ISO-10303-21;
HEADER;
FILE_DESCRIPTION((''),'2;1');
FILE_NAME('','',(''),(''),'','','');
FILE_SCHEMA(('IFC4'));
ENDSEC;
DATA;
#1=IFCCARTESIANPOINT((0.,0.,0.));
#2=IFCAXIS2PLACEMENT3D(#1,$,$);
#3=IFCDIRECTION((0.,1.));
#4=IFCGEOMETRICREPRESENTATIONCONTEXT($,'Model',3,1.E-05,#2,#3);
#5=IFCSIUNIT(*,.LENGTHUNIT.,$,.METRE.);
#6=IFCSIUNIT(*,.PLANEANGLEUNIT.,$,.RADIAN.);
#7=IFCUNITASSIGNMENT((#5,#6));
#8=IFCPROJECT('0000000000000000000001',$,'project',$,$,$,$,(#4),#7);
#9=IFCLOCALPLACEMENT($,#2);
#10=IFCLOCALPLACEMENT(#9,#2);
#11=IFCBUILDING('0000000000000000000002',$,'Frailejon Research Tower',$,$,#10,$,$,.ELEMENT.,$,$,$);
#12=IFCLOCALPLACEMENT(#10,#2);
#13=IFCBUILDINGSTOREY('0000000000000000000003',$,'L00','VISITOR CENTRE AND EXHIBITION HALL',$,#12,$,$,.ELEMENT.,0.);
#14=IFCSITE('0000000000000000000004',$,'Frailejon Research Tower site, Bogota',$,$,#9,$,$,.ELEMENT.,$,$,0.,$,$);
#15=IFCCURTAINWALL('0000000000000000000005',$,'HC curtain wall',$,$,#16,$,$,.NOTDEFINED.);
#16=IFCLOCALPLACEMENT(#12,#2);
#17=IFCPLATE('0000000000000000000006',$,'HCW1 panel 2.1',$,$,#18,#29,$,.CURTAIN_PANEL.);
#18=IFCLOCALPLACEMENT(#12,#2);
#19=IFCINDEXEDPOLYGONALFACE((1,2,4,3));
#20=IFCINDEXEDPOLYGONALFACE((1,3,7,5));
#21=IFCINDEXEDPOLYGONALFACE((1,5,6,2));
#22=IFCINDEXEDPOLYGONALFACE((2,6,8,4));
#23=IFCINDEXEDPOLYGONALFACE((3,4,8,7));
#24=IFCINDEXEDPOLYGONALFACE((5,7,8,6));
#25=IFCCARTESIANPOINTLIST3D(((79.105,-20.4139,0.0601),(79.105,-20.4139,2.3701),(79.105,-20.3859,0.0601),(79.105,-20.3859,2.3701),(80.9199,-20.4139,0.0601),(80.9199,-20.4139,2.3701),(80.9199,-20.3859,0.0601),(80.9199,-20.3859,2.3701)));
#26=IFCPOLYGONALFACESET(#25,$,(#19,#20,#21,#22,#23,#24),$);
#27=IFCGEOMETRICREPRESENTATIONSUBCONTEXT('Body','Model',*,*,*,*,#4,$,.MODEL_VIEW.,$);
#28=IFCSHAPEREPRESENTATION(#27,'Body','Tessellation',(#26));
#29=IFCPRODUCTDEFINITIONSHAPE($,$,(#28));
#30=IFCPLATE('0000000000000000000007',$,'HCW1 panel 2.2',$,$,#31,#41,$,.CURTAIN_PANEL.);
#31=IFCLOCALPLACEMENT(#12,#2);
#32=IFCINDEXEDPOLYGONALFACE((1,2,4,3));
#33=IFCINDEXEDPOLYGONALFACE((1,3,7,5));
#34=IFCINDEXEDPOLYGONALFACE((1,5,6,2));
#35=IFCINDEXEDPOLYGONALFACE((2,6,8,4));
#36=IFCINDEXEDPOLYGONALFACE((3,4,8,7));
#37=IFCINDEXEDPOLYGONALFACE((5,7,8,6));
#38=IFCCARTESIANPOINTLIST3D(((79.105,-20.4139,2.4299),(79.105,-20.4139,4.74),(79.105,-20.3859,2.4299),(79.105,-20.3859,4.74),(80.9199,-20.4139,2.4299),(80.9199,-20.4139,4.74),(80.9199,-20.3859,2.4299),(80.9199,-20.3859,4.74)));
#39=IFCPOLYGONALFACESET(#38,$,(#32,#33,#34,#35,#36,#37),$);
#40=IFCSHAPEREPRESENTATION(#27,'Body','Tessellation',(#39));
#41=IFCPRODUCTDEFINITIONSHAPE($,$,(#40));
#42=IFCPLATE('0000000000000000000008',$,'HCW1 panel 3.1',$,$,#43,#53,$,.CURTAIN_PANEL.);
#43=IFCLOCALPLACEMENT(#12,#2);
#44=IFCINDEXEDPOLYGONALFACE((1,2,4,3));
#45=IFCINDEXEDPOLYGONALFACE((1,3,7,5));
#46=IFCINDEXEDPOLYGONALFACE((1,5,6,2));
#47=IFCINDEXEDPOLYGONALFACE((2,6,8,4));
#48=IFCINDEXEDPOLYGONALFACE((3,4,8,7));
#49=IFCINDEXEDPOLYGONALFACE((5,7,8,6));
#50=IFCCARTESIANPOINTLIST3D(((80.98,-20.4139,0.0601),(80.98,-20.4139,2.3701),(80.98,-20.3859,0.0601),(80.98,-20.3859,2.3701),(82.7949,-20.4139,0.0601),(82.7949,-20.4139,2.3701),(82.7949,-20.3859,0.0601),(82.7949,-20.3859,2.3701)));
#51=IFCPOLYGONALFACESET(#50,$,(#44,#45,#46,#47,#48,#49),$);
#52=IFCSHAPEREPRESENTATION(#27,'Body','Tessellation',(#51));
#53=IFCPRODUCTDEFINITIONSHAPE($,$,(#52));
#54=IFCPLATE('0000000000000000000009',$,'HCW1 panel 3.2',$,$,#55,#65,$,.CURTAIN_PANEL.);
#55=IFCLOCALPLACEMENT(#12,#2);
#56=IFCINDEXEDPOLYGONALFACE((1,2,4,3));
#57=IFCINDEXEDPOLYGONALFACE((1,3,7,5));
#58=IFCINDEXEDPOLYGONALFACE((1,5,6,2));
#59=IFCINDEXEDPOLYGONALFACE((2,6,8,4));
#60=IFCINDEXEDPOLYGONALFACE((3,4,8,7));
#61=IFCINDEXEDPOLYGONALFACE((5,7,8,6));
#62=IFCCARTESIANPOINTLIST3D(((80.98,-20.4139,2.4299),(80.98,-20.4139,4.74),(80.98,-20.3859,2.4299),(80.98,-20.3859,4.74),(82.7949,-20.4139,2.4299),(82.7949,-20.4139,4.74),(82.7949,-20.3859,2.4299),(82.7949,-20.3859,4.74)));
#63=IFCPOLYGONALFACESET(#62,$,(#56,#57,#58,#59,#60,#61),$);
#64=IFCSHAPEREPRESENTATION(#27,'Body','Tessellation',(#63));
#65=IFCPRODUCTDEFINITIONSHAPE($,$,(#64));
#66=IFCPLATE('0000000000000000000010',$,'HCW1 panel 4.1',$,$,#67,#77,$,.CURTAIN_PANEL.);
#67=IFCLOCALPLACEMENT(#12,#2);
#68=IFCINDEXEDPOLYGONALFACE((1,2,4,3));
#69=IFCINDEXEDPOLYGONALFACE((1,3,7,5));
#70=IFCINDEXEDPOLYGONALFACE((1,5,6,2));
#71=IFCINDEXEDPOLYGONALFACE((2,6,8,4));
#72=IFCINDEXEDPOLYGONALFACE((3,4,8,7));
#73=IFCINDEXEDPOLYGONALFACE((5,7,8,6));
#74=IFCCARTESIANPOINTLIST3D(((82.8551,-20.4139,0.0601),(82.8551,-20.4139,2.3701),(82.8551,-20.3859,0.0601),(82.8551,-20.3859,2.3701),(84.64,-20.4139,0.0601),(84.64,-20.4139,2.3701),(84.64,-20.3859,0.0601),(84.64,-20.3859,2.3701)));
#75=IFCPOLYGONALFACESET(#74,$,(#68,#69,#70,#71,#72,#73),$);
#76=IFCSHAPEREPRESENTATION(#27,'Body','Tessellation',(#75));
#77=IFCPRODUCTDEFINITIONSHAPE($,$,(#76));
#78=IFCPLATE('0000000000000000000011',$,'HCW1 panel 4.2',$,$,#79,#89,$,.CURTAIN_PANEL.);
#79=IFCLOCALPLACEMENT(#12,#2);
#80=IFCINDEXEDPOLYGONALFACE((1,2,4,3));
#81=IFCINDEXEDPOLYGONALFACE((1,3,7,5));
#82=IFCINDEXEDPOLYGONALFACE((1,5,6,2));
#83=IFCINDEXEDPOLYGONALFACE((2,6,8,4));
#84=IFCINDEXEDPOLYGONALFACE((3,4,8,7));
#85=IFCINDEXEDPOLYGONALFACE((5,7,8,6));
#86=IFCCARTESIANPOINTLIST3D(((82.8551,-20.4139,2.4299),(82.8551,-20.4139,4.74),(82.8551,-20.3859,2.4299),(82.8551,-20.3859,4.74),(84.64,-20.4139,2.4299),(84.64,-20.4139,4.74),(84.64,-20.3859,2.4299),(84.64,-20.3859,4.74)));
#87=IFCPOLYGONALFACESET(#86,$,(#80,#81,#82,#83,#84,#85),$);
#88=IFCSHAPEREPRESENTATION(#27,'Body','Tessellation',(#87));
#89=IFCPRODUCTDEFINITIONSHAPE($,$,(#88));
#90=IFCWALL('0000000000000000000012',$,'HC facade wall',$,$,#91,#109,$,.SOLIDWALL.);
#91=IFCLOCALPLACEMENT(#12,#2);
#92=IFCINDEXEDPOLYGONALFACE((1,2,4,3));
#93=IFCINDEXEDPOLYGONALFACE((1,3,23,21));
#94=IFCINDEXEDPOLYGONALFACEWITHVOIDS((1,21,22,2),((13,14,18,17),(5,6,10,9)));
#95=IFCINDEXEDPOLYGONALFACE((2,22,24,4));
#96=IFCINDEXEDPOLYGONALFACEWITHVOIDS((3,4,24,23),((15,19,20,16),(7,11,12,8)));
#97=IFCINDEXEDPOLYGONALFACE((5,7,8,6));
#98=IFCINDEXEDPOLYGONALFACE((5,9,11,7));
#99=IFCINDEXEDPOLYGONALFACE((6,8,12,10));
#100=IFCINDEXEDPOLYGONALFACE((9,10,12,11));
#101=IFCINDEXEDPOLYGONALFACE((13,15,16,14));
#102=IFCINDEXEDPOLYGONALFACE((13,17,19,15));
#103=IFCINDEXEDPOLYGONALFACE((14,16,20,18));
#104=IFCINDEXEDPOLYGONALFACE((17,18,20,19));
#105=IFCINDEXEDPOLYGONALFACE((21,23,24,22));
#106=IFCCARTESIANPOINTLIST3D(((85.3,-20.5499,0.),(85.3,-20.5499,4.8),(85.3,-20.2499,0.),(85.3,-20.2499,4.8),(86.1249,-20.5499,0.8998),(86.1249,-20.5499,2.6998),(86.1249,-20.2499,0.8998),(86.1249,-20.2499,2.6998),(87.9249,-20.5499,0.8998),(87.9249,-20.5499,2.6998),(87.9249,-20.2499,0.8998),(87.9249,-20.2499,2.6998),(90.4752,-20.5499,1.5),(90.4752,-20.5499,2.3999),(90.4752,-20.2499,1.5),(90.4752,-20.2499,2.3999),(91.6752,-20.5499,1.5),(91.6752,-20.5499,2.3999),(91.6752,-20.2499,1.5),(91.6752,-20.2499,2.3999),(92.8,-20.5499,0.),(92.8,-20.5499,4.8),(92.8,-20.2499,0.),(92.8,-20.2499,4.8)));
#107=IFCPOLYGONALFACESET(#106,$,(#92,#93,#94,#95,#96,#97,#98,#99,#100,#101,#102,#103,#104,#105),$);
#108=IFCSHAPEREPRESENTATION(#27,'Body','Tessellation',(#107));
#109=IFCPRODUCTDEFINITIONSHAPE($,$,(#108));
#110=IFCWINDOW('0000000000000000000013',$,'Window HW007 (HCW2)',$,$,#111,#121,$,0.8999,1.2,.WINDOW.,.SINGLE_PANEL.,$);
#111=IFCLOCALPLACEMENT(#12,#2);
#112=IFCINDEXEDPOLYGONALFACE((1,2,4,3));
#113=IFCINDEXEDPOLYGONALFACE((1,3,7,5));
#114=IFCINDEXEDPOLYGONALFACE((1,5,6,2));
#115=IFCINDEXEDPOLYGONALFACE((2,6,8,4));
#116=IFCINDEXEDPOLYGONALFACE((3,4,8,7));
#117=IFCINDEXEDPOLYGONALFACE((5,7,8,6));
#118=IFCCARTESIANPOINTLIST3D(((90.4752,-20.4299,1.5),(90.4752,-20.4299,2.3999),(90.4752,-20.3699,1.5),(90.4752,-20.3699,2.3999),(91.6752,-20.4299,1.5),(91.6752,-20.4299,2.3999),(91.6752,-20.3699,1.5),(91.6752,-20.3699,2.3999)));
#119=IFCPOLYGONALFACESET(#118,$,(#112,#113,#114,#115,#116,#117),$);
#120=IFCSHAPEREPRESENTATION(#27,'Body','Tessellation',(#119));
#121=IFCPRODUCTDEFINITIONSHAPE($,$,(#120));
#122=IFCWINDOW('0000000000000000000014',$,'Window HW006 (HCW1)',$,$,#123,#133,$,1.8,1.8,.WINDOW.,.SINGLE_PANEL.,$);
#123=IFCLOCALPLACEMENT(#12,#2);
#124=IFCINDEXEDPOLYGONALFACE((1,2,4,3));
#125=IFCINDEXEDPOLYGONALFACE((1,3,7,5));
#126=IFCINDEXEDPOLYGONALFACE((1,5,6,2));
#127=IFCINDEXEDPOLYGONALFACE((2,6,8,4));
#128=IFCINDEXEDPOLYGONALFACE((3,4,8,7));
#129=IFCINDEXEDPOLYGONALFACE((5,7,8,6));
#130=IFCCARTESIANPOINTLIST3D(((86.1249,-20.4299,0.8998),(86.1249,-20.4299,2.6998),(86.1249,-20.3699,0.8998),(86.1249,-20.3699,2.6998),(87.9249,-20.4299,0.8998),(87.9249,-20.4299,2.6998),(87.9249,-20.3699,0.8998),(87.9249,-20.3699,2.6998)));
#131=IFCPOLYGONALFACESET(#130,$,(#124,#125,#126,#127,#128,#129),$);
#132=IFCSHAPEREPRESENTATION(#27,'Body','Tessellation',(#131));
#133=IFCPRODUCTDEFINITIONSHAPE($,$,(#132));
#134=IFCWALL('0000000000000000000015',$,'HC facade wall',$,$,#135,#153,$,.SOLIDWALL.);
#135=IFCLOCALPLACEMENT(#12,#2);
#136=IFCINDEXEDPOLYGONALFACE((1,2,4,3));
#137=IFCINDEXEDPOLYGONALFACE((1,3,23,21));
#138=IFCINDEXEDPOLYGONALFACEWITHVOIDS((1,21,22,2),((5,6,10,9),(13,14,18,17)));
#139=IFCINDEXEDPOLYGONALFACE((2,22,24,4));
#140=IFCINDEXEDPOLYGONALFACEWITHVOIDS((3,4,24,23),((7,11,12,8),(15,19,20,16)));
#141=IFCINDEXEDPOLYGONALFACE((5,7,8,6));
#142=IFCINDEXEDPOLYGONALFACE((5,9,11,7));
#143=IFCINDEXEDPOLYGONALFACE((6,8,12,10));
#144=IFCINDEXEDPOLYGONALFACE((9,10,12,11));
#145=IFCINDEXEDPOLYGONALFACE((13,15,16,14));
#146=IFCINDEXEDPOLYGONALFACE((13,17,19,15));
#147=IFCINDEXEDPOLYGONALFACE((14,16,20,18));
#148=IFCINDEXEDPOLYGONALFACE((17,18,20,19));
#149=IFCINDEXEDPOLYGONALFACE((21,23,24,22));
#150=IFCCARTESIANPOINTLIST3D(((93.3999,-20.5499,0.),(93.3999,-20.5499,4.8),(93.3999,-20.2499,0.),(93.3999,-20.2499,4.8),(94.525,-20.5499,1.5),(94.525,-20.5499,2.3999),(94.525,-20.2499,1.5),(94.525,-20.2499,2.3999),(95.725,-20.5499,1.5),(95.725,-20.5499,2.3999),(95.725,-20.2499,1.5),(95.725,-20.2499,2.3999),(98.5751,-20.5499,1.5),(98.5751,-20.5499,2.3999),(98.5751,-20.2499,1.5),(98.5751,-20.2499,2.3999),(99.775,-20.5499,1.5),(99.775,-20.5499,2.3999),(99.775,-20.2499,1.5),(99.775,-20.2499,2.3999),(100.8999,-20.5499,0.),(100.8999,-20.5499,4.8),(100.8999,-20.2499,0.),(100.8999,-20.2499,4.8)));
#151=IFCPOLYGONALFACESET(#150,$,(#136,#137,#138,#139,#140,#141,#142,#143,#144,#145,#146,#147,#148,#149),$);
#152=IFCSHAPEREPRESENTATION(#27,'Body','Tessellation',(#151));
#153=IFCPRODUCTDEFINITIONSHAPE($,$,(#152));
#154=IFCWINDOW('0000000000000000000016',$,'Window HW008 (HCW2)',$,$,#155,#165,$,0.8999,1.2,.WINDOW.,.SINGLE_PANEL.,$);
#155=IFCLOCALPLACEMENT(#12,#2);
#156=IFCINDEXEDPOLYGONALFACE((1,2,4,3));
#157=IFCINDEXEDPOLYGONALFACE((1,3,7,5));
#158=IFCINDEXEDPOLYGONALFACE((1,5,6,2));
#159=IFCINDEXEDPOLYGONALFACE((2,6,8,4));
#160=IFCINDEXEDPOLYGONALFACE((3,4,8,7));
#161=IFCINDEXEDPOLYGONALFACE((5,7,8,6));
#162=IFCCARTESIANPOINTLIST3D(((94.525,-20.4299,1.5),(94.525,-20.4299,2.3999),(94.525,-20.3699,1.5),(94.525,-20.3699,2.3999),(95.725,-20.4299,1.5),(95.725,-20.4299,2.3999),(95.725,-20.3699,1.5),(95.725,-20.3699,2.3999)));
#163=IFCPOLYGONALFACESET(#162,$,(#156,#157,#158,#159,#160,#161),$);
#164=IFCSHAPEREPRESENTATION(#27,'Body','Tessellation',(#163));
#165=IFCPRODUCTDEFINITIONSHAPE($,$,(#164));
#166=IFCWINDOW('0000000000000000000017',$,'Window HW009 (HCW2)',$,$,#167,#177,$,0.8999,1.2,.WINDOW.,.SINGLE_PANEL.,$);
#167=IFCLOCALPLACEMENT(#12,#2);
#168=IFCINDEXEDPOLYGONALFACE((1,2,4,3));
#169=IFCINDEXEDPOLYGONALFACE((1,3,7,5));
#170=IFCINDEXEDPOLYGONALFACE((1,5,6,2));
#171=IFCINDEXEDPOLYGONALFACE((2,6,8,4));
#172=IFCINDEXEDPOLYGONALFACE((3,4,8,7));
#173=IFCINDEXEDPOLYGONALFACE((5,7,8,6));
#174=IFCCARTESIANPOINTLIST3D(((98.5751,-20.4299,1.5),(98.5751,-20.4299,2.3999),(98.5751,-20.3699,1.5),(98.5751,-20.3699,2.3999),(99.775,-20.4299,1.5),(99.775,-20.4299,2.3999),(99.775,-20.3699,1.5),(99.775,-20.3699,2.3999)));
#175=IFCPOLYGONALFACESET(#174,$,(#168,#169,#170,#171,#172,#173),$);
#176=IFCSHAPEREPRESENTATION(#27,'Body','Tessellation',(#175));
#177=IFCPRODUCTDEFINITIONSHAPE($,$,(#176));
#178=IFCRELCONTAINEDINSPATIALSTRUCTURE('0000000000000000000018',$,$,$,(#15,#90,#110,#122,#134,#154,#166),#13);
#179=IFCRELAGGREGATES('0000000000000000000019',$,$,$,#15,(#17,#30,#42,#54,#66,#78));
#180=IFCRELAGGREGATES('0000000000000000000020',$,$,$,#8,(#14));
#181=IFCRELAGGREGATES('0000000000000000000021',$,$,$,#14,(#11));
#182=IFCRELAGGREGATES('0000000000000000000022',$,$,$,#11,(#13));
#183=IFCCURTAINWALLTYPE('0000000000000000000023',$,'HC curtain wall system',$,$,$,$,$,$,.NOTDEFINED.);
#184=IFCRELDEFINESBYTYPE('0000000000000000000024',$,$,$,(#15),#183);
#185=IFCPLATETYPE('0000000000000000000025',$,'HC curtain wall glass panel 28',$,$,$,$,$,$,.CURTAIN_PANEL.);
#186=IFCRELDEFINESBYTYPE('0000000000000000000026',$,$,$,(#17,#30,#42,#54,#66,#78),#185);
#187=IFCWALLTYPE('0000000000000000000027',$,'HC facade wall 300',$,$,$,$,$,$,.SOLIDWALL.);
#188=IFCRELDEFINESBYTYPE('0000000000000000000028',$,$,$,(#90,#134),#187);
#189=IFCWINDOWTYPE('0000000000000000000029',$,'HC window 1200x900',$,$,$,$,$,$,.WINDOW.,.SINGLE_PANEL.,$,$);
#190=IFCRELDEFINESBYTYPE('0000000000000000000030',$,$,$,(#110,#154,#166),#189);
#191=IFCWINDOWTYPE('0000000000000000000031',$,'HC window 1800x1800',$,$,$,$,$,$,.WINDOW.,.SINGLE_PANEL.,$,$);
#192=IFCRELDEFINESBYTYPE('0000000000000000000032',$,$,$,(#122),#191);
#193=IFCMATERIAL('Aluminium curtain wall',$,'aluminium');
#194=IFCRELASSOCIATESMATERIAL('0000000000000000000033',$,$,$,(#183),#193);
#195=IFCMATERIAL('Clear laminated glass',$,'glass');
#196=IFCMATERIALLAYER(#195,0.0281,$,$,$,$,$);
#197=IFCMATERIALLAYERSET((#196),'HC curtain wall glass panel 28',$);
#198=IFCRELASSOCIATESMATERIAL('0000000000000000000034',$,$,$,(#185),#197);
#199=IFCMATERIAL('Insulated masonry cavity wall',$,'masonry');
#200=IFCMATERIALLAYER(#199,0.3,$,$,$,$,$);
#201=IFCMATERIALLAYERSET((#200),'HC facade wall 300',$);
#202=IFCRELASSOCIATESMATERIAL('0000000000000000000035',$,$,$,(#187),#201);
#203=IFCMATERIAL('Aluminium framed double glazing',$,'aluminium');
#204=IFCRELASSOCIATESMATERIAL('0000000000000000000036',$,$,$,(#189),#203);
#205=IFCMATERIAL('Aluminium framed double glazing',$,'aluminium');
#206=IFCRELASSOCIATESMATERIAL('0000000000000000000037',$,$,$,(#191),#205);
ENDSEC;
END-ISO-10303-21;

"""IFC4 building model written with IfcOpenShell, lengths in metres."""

from ifc_helpers import new_model, si_unit, direction, frame, frame_2d, origin, origin_2d, place, context, subcontext, project, spatial, rectangle, extrude, material, layer, layer_set, type_object, element, fill, aggregate, save


model = new_model("IFC4")

# Units and contexts
model_context = context("Model", 3, precision=1e-05, world=origin(), true_north=direction((0.0, 1.0)))
body_context = subcontext(model_context, "Body", "Model", "MODEL_VIEW")
ifc_project = project(units=[si_unit("LENGTHUNIT", "METRE"), si_unit("PLANEANGLEUNIT", "RADIAN")], contexts=[model_context])

# Site, building, storey
site_placement = place(None, origin())
site = spatial("IfcSite", under=ifc_project, at=site_placement, Name="Frailejon Research Tower site, Bogota", CompositionType="ELEMENT", RefElevation=0.0)
building_placement = place(site_placement, origin())
building = spatial("IfcBuilding", under=site, at=building_placement, Name="Frailejon Research Tower", CompositionType="ELEMENT")
storey_placement = place(building_placement, origin())
storey = spatial("IfcBuildingStorey", under=building, at=storey_placement, Name="L00", Description="VISITOR CENTRE AND EXHIBITION HALL", CompositionType="ELEMENT", Elevation=0.0)

# Curtain wall, plates
ifc_material_1 = material(Name="Aluminium curtain wall", Category="aluminium")
curtain_wall_type = type_object("IfcCurtainWallType", Name="HC curtain wall system", PredefinedType="NOTDEFINED", material=ifc_material_1)
curtain_wall_placement = place(storey_placement, origin())
curtain_wall = element("IfcCurtainWall", 1, at=curtain_wall_placement, inside=storey, type_object=curtain_wall_type, Name="HC curtain wall", PredefinedType="NOTDEFINED")
ifc_material_2 = material(Name="Clear laminated glass", Category="glass")
ifc_layer_1 = layer(ifc_material_2, 0.0281)
ifc_layer_set_1 = layer_set([ifc_layer_1], Name="HC curtain wall glass panel 28")
plate_type = type_object("IfcPlateType", Name="HC curtain wall glass panel 28", PredefinedType="CURTAIN_PANEL", material=ifc_layer_set_1)
plate_1_placement = place(storey_placement, frame((80.0125, -20.3999, 0.0601), z_axis=(0.0, 0.0, 1.0), x_axis=(1.0, 0.0, 0.0)))
plate_1 = element("IfcPlate", 2, at=plate_1_placement, type_object=plate_type, Name="HCW1 panel 2.1", PredefinedType="CURTAIN_PANEL", context=body_context, shape_type="SweptSolid", body=[
    extrude(rectangle(XDim=1.8149, YDim=0.0281, at=origin_2d()), origin(), (0.0, 0.0, 1.0), 2.3101),
])
plate_2_placement = place(storey_placement, frame((80.0125, -20.3999, 2.4299), z_axis=(0.0, 0.0, 1.0), x_axis=(1.0, 0.0, 0.0)))
plate_2 = element("IfcPlate", 3, at=plate_2_placement, type_object=plate_type, Name="HCW1 panel 2.2", PredefinedType="CURTAIN_PANEL", context=body_context, shape_type="SweptSolid", body=[
    extrude(rectangle(XDim=1.8149, YDim=0.0281, at=origin_2d()), origin(), (0.0, 0.0, 1.0), 2.3101),
])
plate_3_placement = place(storey_placement, frame((81.8875, -20.3999, 0.0601), z_axis=(0.0, 0.0, 1.0), x_axis=(1.0, 0.0, 0.0)))
plate_3 = element("IfcPlate", 4, at=plate_3_placement, type_object=plate_type, Name="HCW1 panel 3.1", PredefinedType="CURTAIN_PANEL", context=body_context, shape_type="SweptSolid", body=[
    extrude(rectangle(XDim=1.8149, YDim=0.0281, at=origin_2d()), origin(), (0.0, 0.0, 1.0), 2.3101),
])
plate_4_placement = place(storey_placement, frame((81.8875, -20.3999, 2.4299), z_axis=(0.0, 0.0, 1.0), x_axis=(1.0, 0.0, 0.0)))
plate_4 = element("IfcPlate", 5, at=plate_4_placement, type_object=plate_type, Name="HCW1 panel 3.2", PredefinedType="CURTAIN_PANEL", context=body_context, shape_type="SweptSolid", body=[
    extrude(rectangle(XDim=1.8149, YDim=0.0281, at=origin_2d()), origin(), (0.0, 0.0, 1.0), 2.3101),
])
plate_5_placement = place(storey_placement, frame((83.7476, -20.3999, 0.0601), z_axis=(0.0, 0.0, 1.0), x_axis=(1.0, 0.0, 0.0)))
plate_5 = element("IfcPlate", 6, at=plate_5_placement, type_object=plate_type, Name="HCW1 panel 4.1", PredefinedType="CURTAIN_PANEL", context=body_context, shape_type="SweptSolid", body=[
    extrude(rectangle(XDim=1.7849, YDim=0.0281, at=origin_2d()), origin(), (0.0, 0.0, 1.0), 2.3101),
])
plate_6_placement = place(storey_placement, frame((83.7476, -20.3999, 2.4299), z_axis=(0.0, 0.0, 1.0), x_axis=(1.0, 0.0, 0.0)))
plate_6 = element("IfcPlate", 7, at=plate_6_placement, type_object=plate_type, Name="HCW1 panel 4.2", PredefinedType="CURTAIN_PANEL", context=body_context, shape_type="SweptSolid", body=[
    extrude(rectangle(XDim=1.7849, YDim=0.0281, at=origin_2d()), origin(), (0.0, 0.0, 1.0), 2.3101),
])
aggregate(curtain_wall, [plate_1, plate_2, plate_3, plate_4, plate_5, plate_6])

# Walls, openings, windows
ifc_material_3 = material(Name="Insulated masonry cavity wall", Category="masonry")
ifc_layer_2 = layer(ifc_material_3, 0.3)
ifc_layer_set_2 = layer_set([ifc_layer_2], Name="HC facade wall 300")
wall_type = type_object("IfcWallType", Name="HC facade wall 300", PredefinedType="SOLIDWALL", material=ifc_layer_set_2)
wall_1_placement = place(storey_placement, frame((85.3, -20.3999, 0.0), z_axis=(0.0, 0.0, 1.0), x_axis=(1.0, 0.0, 0.0)))
wall_1 = element("IfcWall", 8, at=wall_1_placement, inside=storey, type_object=wall_type, Name="HC facade wall", PredefinedType="SOLIDWALL", context=body_context, shape_type="SweptSolid", body=[
    extrude(rectangle(XDim=7.5, YDim=0.3, at=frame_2d((3.75, 0.0))), origin(), (0.0, 0.0, 1.0), 4.8),
])
opening_1_placement = place(wall_1_placement, frame((0.825, 0.0, 0.8999)))
opening_1 = element("IfcOpeningElement", 9, at=opening_1_placement, cuts=wall_1, PredefinedType="OPENING", context=body_context, shape_type="SweptSolid", body=[
    extrude(rectangle(XDim=1.8, YDim=1.8, at=frame_2d((0.8999, 0.8999))), frame((0.0, 0.1599, 0.0), z_axis=(0.0, -1.0, 0.0), x_axis=(1.0, 0.0, 0.0)), (0.0, 0.0, 1.0), 0.3201),
])
opening_2_placement = place(wall_1_placement, frame((5.175, 0.0, 1.5)))
opening_2 = element("IfcOpeningElement", 10, at=opening_2_placement, cuts=wall_1, PredefinedType="OPENING", context=body_context, shape_type="SweptSolid", body=[
    extrude(rectangle(XDim=1.2, YDim=0.8999, at=frame_2d((0.6001, 0.45))), frame((0.0, 0.1599, 0.0), z_axis=(0.0, -1.0, 0.0), x_axis=(1.0, 0.0, 0.0)), (0.0, 0.0, 1.0), 0.3201),
])
ifc_material_4 = material(Name="Aluminium framed double glazing", Category="aluminium")
window_type_1 = type_object("IfcWindowType", Name="HC window 1200x900", PartitioningType="SINGLE_PANEL", PredefinedType="WINDOW", material=ifc_material_4)
window_1_placement = place(opening_2_placement, origin())
window_1 = element("IfcWindow", 11, at=window_1_placement, inside=storey, type_object=window_type_1, Name="Window HW007 (HCW2)", OverallHeight=0.8999, OverallWidth=1.2, PartitioningType="SINGLE_PANEL", PredefinedType="WINDOW", context=body_context, shape_type="SweptSolid", body=[
    extrude(rectangle(XDim=1.2, YDim=0.8999, at=frame_2d((0.6001, 0.45))), frame((0.0, 0.03, 0.0), z_axis=(0.0, -1.0, 0.0), x_axis=(1.0, 0.0, 0.0)), (0.0, 0.0, 1.0), 0.0601),
])
fill(opening_2, window_1)
ifc_material_5 = material(Name="Aluminium framed double glazing", Category="aluminium")
window_type_2 = type_object("IfcWindowType", Name="HC window 1800x1800", PartitioningType="SINGLE_PANEL", PredefinedType="WINDOW", material=ifc_material_5)
window_2_placement = place(opening_1_placement, origin())
window_2 = element("IfcWindow", 12, at=window_2_placement, inside=storey, type_object=window_type_2, Name="Window HW006 (HCW1)", OverallHeight=1.8, OverallWidth=1.8, PartitioningType="SINGLE_PANEL", PredefinedType="WINDOW", context=body_context, shape_type="SweptSolid", body=[
    extrude(rectangle(XDim=1.8, YDim=1.8, at=frame_2d((0.8999, 0.8999))), frame((0.0, 0.03, 0.0), z_axis=(0.0, -1.0, 0.0), x_axis=(1.0, 0.0, 0.0)), (0.0, 0.0, 1.0), 0.0601),
])
fill(opening_1, window_2)
wall_2_placement = place(storey_placement, frame((93.3999, -20.3999, 0.0), z_axis=(0.0, 0.0, 1.0), x_axis=(1.0, 0.0, 0.0)))
wall_2 = element("IfcWall", 13, at=wall_2_placement, inside=storey, type_object=wall_type, Name="HC facade wall", PredefinedType="SOLIDWALL", context=body_context, shape_type="SweptSolid", body=[
    extrude(rectangle(XDim=7.5, YDim=0.3, at=frame_2d((3.75, 0.0))), origin(), (0.0, 0.0, 1.0), 4.8),
])
opening_3_placement = place(wall_2_placement, frame((1.125, 0.0, 1.5)))
opening_3 = element("IfcOpeningElement", 14, at=opening_3_placement, cuts=wall_2, PredefinedType="OPENING", context=body_context, shape_type="SweptSolid", body=[
    extrude(rectangle(XDim=1.2, YDim=0.8999, at=frame_2d((0.6001, 0.45))), frame((0.0, 0.1599, 0.0), z_axis=(0.0, -1.0, 0.0), x_axis=(1.0, 0.0, 0.0)), (0.0, 0.0, 1.0), 0.3201),
])
opening_4_placement = place(wall_2_placement, frame((5.175, 0.0, 1.5)))
opening_4 = element("IfcOpeningElement", 15, at=opening_4_placement, cuts=wall_2, PredefinedType="OPENING", context=body_context, shape_type="SweptSolid", body=[
    extrude(rectangle(XDim=1.2, YDim=0.8999, at=frame_2d((0.6001, 0.45))), frame((0.0, 0.1599, 0.0), z_axis=(0.0, -1.0, 0.0), x_axis=(1.0, 0.0, 0.0)), (0.0, 0.0, 1.0), 0.3201),
])
window_3_placement = place(opening_3_placement, origin())
window_3 = element("IfcWindow", 16, at=window_3_placement, inside=storey, type_object=window_type_1, Name="Window HW008 (HCW2)", OverallHeight=0.8999, OverallWidth=1.2, PartitioningType="SINGLE_PANEL", PredefinedType="WINDOW", context=body_context, shape_type="SweptSolid", body=[
    extrude(rectangle(XDim=1.2, YDim=0.8999, at=frame_2d((0.6001, 0.45))), frame((0.0, 0.03, 0.0), z_axis=(0.0, -1.0, 0.0), x_axis=(1.0, 0.0, 0.0)), (0.0, 0.0, 1.0), 0.0601),
])
fill(opening_3, window_3)
window_4_placement = place(opening_4_placement, origin())
window_4 = element("IfcWindow", 17, at=window_4_placement, inside=storey, type_object=window_type_1, Name="Window HW009 (HCW2)", OverallHeight=0.8999, OverallWidth=1.2, PartitioningType="SINGLE_PANEL", PredefinedType="WINDOW", context=body_context, shape_type="SweptSolid", body=[
    extrude(rectangle(XDim=1.2, YDim=0.8999, at=frame_2d((0.6001, 0.45))), frame((0.0, 0.03, 0.0), z_axis=(0.0, -1.0, 0.0), x_axis=(1.0, 0.0, 0.0)), (0.0, 0.0, 1.0), 0.0601),
])
fill(opening_4, window_4)

save(model, "model.ifc")
